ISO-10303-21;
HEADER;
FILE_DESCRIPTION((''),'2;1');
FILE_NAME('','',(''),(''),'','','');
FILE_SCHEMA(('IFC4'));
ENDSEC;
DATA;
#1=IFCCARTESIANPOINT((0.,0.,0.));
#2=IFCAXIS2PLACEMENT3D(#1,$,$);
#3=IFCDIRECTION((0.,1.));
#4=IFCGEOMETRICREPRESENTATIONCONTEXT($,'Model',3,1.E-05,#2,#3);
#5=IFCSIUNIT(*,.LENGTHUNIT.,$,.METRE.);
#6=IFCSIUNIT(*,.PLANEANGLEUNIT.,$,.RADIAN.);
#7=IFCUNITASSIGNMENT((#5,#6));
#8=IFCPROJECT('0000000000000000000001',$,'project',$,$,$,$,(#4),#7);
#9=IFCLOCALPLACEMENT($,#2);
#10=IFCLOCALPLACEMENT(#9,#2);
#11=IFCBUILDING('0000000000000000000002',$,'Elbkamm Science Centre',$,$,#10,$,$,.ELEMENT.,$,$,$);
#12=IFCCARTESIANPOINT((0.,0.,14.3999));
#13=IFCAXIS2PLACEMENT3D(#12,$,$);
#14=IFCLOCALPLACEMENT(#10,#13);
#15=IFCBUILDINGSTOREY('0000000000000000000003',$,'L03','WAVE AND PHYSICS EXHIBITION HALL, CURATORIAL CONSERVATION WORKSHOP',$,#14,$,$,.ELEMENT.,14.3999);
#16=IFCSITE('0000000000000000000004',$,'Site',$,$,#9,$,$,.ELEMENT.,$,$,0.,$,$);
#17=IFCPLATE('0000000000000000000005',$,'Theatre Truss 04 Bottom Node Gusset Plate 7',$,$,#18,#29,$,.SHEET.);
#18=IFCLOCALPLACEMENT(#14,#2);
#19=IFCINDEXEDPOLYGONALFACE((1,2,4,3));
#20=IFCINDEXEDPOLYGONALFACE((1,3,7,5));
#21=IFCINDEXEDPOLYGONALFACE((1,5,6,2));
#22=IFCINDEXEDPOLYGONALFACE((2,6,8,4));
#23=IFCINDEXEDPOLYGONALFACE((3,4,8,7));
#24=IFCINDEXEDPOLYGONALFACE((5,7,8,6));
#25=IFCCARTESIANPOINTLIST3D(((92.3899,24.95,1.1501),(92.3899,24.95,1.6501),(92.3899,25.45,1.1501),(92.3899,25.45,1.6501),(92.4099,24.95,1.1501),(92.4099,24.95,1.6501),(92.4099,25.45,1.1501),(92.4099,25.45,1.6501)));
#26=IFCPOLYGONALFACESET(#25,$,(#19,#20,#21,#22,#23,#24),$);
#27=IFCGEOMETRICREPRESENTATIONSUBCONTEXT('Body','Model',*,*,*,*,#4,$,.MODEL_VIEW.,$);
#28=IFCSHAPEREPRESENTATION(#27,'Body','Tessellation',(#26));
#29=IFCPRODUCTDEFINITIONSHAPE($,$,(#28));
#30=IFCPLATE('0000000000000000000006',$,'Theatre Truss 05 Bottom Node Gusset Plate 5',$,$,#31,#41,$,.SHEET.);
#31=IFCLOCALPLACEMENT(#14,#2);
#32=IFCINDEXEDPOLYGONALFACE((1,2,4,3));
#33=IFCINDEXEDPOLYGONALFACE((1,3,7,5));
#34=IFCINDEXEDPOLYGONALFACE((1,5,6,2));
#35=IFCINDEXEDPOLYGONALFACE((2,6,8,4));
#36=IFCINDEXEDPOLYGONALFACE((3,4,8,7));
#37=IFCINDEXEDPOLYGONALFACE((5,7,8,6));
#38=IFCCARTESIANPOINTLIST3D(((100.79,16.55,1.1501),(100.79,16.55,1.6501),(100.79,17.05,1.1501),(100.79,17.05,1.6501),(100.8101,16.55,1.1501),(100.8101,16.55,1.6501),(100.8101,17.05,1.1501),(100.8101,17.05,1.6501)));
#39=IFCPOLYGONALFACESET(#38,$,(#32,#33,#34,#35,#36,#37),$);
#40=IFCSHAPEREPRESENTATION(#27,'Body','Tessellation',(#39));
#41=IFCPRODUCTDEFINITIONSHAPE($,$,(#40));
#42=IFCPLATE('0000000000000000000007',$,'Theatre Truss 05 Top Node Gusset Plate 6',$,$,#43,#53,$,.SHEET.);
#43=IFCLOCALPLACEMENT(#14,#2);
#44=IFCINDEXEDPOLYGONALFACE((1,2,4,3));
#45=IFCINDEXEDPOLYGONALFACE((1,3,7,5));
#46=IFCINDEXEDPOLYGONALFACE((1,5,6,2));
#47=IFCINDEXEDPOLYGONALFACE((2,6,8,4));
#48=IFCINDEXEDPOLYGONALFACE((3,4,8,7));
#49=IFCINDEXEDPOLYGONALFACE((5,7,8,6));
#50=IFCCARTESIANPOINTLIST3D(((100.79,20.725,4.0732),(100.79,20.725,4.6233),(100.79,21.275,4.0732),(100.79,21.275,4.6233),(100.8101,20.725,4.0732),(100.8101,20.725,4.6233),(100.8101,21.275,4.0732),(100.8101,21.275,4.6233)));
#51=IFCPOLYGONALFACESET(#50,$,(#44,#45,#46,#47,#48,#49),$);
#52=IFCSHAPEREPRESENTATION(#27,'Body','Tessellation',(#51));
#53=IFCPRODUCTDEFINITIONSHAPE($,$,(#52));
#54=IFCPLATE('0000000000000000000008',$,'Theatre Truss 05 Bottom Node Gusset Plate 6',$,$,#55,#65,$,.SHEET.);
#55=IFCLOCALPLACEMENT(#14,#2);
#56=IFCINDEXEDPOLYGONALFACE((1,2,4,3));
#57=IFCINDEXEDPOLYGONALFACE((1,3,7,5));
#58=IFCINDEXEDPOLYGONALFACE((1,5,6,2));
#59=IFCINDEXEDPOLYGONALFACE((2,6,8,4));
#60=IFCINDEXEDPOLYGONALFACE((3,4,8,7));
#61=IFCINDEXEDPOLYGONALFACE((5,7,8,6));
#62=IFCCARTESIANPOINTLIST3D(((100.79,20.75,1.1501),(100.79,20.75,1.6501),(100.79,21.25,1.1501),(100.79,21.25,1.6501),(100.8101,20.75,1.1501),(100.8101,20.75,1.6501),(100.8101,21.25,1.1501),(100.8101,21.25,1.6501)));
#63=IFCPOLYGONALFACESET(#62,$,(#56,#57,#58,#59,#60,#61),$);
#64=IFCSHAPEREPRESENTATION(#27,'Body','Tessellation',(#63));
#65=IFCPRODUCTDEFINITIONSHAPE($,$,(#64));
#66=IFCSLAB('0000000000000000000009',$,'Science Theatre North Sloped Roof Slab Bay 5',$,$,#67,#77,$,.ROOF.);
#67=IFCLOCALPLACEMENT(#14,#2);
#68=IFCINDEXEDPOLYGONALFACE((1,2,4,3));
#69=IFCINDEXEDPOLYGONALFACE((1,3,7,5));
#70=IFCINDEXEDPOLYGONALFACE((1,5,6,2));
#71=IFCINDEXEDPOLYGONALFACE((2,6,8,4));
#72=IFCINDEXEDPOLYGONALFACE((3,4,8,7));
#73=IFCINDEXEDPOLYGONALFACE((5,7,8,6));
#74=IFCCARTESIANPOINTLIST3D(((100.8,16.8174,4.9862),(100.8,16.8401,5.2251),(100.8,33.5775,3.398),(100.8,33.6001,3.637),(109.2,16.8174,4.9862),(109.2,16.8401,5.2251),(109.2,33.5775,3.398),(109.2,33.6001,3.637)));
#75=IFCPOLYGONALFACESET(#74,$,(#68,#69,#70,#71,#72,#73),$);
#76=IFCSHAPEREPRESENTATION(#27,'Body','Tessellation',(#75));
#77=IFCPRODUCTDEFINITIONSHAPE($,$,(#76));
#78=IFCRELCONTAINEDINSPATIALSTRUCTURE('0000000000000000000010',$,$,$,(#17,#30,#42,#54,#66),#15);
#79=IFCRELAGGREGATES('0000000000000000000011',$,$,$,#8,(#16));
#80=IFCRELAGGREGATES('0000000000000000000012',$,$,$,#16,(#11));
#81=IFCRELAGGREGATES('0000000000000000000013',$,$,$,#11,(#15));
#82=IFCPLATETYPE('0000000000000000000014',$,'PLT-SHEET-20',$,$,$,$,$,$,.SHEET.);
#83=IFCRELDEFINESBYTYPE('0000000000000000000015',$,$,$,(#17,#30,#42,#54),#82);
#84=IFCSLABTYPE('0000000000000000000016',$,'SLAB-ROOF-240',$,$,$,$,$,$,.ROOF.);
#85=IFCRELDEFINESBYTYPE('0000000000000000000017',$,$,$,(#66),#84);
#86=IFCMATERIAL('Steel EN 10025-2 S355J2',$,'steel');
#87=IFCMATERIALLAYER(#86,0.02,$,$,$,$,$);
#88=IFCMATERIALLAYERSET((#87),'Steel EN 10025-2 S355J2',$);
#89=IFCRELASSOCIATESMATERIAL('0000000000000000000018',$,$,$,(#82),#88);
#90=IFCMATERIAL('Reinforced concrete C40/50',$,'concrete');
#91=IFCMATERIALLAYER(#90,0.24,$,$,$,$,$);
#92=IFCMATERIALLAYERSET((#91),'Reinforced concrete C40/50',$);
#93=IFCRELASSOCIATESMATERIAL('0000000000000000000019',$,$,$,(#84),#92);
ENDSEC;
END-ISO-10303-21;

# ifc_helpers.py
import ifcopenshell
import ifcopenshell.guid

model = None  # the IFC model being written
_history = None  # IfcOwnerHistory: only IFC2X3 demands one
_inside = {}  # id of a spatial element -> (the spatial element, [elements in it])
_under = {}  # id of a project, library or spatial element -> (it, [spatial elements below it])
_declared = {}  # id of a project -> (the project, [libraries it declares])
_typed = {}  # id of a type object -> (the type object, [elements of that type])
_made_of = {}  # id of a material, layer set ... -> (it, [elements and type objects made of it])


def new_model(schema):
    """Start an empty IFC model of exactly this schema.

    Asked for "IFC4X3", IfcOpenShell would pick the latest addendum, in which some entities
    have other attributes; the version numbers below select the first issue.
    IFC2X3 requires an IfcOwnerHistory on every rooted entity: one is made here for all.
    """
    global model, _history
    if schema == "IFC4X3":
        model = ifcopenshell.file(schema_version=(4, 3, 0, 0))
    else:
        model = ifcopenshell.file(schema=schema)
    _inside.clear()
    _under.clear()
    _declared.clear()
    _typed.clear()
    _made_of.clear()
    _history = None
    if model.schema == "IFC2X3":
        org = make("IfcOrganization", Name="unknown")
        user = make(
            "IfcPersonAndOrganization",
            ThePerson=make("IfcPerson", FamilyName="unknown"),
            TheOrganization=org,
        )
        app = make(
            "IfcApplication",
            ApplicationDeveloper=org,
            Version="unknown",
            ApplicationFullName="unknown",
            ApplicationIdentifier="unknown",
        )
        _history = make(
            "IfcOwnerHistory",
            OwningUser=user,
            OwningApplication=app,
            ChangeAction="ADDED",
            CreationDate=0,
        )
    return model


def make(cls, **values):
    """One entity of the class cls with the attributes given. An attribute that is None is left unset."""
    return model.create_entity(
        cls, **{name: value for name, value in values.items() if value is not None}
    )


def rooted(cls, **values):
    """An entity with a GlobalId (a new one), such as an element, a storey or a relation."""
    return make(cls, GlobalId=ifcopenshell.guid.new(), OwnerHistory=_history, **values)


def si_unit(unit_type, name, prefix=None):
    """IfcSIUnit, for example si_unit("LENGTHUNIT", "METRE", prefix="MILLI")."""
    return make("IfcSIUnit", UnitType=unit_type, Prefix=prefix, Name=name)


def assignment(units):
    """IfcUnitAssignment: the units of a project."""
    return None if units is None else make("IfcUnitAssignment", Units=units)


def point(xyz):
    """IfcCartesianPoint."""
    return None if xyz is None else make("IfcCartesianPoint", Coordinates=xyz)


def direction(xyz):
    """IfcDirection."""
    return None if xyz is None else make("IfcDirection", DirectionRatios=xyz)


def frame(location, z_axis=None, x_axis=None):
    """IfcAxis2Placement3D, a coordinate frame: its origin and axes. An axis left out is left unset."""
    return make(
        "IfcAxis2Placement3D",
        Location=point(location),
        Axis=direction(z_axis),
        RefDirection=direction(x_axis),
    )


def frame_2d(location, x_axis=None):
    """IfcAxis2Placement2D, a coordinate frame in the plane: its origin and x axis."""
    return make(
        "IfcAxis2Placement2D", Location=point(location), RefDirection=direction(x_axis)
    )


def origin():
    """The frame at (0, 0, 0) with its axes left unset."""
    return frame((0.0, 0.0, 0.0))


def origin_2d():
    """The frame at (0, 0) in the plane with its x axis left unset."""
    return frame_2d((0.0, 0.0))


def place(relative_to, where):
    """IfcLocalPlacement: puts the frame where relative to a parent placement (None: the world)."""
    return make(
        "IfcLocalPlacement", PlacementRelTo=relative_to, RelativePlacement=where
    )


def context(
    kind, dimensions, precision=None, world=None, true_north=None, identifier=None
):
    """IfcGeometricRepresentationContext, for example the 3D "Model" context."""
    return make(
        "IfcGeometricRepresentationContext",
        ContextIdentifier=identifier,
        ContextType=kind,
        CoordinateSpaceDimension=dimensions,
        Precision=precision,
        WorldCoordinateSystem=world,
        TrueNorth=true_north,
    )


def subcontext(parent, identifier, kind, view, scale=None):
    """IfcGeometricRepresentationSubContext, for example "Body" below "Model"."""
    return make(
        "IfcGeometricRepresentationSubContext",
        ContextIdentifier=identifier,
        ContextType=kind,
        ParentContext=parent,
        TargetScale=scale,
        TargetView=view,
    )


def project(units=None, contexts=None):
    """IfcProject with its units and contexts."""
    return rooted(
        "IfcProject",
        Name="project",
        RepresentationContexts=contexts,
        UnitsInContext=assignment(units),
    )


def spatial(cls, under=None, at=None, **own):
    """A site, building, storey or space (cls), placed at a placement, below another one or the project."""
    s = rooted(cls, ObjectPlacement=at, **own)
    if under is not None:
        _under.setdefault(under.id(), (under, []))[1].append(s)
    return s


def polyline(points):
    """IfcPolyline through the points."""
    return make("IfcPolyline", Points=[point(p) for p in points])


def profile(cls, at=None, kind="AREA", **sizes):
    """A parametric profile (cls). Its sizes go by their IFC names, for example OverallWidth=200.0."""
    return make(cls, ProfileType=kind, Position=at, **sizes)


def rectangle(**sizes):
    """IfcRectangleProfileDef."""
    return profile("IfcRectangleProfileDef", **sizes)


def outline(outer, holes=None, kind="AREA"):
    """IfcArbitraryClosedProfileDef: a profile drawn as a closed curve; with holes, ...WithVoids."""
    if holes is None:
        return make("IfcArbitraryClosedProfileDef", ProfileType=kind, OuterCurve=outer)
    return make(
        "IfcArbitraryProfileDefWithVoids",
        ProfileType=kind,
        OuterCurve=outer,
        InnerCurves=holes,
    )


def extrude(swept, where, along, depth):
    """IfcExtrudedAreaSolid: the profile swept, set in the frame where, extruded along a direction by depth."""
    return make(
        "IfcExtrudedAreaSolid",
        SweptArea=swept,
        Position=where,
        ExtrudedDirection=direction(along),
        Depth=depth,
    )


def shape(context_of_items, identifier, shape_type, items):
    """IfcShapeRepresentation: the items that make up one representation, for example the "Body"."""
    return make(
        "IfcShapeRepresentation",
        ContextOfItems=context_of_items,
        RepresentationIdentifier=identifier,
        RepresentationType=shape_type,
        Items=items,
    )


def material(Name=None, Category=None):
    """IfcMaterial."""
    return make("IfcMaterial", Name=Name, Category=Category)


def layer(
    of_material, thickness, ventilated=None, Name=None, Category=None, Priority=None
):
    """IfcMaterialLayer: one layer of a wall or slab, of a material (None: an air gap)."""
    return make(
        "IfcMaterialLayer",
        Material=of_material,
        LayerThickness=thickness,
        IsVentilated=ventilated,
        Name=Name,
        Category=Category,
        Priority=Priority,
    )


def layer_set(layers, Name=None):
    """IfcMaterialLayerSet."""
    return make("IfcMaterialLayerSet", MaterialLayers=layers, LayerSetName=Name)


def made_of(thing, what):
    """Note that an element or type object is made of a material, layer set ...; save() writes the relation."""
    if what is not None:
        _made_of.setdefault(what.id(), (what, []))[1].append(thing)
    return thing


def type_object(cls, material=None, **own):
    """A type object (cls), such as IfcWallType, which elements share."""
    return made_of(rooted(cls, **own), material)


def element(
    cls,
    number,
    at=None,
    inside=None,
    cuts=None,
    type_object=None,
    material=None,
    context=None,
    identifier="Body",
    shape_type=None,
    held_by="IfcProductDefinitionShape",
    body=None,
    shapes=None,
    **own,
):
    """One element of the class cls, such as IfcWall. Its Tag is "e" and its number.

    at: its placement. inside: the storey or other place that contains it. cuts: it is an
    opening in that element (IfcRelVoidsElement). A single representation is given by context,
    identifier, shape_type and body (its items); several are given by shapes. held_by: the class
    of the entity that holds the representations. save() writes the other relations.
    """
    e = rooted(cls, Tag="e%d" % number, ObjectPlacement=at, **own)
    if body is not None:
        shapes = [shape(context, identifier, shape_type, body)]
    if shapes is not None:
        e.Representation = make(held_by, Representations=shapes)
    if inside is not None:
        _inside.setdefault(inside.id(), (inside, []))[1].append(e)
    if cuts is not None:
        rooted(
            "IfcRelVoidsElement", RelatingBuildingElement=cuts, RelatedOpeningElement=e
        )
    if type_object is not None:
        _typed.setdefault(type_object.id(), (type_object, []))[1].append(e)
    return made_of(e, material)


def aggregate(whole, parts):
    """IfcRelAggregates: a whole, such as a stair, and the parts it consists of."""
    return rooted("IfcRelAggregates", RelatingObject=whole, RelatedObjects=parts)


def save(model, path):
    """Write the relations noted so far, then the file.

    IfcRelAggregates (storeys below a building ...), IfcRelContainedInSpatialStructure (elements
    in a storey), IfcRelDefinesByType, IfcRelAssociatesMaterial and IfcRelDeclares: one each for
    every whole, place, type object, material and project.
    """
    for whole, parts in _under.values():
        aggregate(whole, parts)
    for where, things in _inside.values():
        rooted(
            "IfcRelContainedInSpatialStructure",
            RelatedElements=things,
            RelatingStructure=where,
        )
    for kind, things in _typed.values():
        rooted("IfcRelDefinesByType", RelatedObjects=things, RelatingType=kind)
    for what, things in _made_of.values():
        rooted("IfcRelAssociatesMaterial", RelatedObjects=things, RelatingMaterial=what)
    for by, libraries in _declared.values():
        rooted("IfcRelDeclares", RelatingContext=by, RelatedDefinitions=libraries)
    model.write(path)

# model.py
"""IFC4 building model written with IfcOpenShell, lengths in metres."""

from ifc_helpers import new_model, si_unit, direction, frame, origin, origin_2d, place, context, subcontext, project, spatial, polyline, rectangle, outline, extrude, material, layer, layer_set, type_object, element, save


model = new_model("IFC4")

# Units and contexts
model_context = context("Model", 3, precision=1e-05, world=origin(), true_north=direction((0.0, 1.0)))
body_context = subcontext(model_context, "Body", "Model", "MODEL_VIEW")
ifc_project = project(units=[si_unit("LENGTHUNIT", "METRE"), si_unit("PLANEANGLEUNIT", "RADIAN")], contexts=[model_context])

# Site, building, storey
site_placement = place(None, origin())
site = spatial("IfcSite", under=ifc_project, at=site_placement, Name="Site", CompositionType="ELEMENT", RefElevation=0.0)
building_placement = place(site_placement, origin())
building = spatial("IfcBuilding", under=site, at=building_placement, Name="Elbkamm Science Centre", CompositionType="ELEMENT")
storey_placement = place(building_placement, frame((0.0, 0.0, 14.3999)))
storey = spatial("IfcBuildingStorey", under=building, at=storey_placement, Name="L03", Description="WAVE AND PHYSICS EXHIBITION HALL, CURATORIAL CONSERVATION WORKSHOP", CompositionType="ELEMENT", Elevation=14.3999)

# Shared definitions
ifc_material_1 = material(Name="Steel EN 10025-2 S355J2", Category="steel")

# Plates
ifc_layer_1 = layer(ifc_material_1, 0.02)
ifc_layer_set_1 = layer_set([ifc_layer_1], Name="Steel EN 10025-2 S355J2")
plate_type_1 = type_object("IfcPlateType", Name="PLT-SHEET-20", PredefinedType="SHEET", material=ifc_layer_set_1)
for number, where, z_axis, x_axis, name in (
    (1, (92.3999, 25.2, 1.1501), (0.0, 0.0, 1.0), (1.0, 0.0, 0.0), "Theatre Truss 04 Bottom Node Gusset Plate 7"),
    (2, (100.8, 16.8, 1.1501), (0.0, 0.0, 1.0), (1.0, 0.0, 0.0), "Theatre Truss 05 Bottom Node Gusset Plate 5"),
):
    element("IfcPlate", number, at=place(storey_placement, frame(where, z_axis=z_axis, x_axis=x_axis)), inside=storey, type_object=plate_type_1, Name=name, PredefinedType="SHEET", context=body_context, shape_type="SweptSolid", body=[
        extrude(rectangle(XDim=0.02, YDim=0.5, at=origin_2d()), origin(), (0.0, 0.0, 1.0), 0.5),
    ])
plate_1_placement = place(storey_placement, frame((100.8, 21.0, 4.0732), z_axis=(0.0, 0.0, 1.0), x_axis=(1.0, 0.0, 0.0)))
element("IfcPlate", 3, at=plate_1_placement, inside=storey, type_object=plate_type_1, Name="Theatre Truss 05 Top Node Gusset Plate 6", PredefinedType="SHEET", context=body_context, shape_type="SweptSolid", body=[
    extrude(rectangle(XDim=0.02, YDim=0.55, at=origin_2d()), origin(), (0.0, 0.0, 1.0), 0.55),
])
plate_2_placement = place(storey_placement, frame((100.8, 21.0, 1.1501), z_axis=(0.0, 0.0, 1.0), x_axis=(1.0, 0.0, 0.0)))
element("IfcPlate", 4, at=plate_2_placement, inside=storey, type_object=plate_type_1, Name="Theatre Truss 05 Bottom Node Gusset Plate 6", PredefinedType="SHEET", context=body_context, shape_type="SweptSolid", body=[
    extrude(rectangle(XDim=0.02, YDim=0.5, at=origin_2d()), origin(), (0.0, 0.0, 1.0), 0.5),
])

# Slab
ifc_material_2 = material(Name="Reinforced concrete C40/50", Category="concrete")
ifc_layer_2 = layer(ifc_material_2, 0.24)
ifc_layer_set_2 = layer_set([ifc_layer_2], Name="Reinforced concrete C40/50")
slab_type = type_object("IfcSlabType", Name="SLAB-ROOF-240", PredefinedType="ROOF", material=ifc_layer_set_2)
slab_placement = place(storey_placement, frame((100.8, 16.8401, 5.2251), z_axis=(0.0, 0.094335, 0.995541), x_axis=(1.0, 0.0, 0.0)))
element("IfcSlab", 5, at=slab_placement, inside=storey, type_object=slab_type, Name="Science Theatre North Sloped Roof Slab Bay 5", PredefinedType="ROOF", context=body_context, shape_type="SweptSolid", body=[
    extrude(outline(polyline([(0.0, 0.0), (8.3999, 0.0), (8.3999, 16.8351), (0.0, 16.8351), (0.0, 0.0)])), origin(), (0.0, 0.0, -1.0), 0.24),
])

save(model, "model.ifc")
